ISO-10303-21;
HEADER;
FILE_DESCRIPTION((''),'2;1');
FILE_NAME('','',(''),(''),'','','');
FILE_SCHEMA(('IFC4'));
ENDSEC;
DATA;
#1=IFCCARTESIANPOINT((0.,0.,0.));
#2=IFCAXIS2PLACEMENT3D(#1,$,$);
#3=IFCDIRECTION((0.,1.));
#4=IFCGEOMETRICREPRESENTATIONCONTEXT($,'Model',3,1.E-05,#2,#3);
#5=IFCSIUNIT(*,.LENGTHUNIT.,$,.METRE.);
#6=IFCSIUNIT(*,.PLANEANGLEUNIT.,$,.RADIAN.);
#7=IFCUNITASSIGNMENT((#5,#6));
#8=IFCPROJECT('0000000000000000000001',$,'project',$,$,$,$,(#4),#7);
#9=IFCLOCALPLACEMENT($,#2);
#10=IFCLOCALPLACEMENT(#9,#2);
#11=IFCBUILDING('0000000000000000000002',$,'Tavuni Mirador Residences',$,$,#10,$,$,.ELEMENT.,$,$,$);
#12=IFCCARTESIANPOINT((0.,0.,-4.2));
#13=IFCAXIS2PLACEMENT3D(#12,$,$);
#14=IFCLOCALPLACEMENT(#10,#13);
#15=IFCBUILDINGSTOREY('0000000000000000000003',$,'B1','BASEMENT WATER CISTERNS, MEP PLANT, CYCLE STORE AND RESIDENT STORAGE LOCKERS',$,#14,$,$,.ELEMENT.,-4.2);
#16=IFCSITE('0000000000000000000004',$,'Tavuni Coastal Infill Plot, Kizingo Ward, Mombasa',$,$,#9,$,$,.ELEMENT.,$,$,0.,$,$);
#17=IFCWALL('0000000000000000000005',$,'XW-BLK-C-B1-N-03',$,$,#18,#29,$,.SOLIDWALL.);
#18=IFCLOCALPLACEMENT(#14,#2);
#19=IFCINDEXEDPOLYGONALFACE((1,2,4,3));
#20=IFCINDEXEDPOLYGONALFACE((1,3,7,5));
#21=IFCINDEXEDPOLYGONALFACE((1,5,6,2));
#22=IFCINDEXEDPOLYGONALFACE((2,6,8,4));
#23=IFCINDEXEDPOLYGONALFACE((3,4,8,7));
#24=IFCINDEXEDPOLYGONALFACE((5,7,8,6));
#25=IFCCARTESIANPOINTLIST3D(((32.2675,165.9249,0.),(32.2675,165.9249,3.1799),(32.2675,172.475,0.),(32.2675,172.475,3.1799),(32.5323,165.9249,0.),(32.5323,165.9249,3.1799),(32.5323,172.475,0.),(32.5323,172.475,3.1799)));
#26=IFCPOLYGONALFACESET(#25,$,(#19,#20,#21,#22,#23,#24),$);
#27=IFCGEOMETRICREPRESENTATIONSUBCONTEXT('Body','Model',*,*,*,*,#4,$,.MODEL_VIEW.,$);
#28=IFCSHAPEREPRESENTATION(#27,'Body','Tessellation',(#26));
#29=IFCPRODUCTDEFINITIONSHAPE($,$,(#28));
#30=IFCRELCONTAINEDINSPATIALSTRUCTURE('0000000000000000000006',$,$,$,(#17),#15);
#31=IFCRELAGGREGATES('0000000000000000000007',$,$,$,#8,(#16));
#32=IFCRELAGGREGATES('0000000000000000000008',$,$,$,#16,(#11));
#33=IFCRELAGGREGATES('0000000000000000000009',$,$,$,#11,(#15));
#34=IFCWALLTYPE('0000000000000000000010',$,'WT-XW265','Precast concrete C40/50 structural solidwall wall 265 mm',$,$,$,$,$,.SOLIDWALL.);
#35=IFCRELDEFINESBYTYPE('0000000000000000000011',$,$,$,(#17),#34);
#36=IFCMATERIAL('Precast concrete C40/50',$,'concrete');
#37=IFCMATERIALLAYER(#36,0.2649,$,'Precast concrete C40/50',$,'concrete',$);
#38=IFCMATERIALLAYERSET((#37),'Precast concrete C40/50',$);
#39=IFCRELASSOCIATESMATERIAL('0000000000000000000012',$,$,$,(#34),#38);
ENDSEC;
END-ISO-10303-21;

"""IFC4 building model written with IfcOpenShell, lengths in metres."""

from ifc_helpers import new_model, si_unit, direction, frame, frame_2d, origin, place, context, subcontext, project, spatial, rectangle, extrude, material, layer, layer_set, type_object, element, save


model = new_model("IFC4")

# Units and contexts
model_context = context("Model", 3, precision=1e-05, world=origin(), true_north=direction((0.0, 1.0)))
body_context = subcontext(model_context, "Body", "Model", "MODEL_VIEW")
ifc_project = project(units=[si_unit("LENGTHUNIT", "METRE"), si_unit("PLANEANGLEUNIT", "RADIAN")], contexts=[model_context])

# Site, building, storey
site_placement = place(None, origin())
site = spatial("IfcSite", under=ifc_project, at=site_placement, Name="Tavuni Coastal Infill Plot, Kizingo Ward, Mombasa", CompositionType="ELEMENT", RefElevation=0.0)
building_placement = place(site_placement, origin())
building = spatial("IfcBuilding", under=site, at=building_placement, Name="Tavuni Mirador Residences", CompositionType="ELEMENT")
storey_placement = place(building_placement, frame((0.0, 0.0, -4.2)))
storey = spatial("IfcBuildingStorey", under=building, at=storey_placement, Name="B1", Description="BASEMENT WATER CISTERNS, MEP PLANT, CYCLE STORE AND RESIDENT STORAGE LOCKERS", CompositionType="ELEMENT", Elevation=-4.2)

# Shared definitions
ifc_material_1 = material(Name="Precast concrete C40/50", Category="concrete")

# Wall
ifc_layer_1 = layer(ifc_material_1, 0.2649, Name="Precast concrete C40/50", Category="concrete")
ifc_layer_set_1 = layer_set([ifc_layer_1], Name="Precast concrete C40/50")
wall_type_1 = type_object("IfcWallType", Name="WT-XW265", Description="Precast concrete C40/50 structural solidwall wall 265 mm", PredefinedType="SOLIDWALL", material=ifc_layer_set_1)
wall_1_placement = place(storey_placement, frame((32.3999, 165.925, 0.0), z_axis=(0.0, 0.0, 1.0), x_axis=(0.0, 1.0, 0.0)))
element("IfcWall", 1, at=wall_1_placement, inside=storey, type_object=wall_type_1, Name="XW-BLK-C-B1-N-03", PredefinedType="SOLIDWALL", context=body_context, shape_type="SweptSolid", body=[
    extrude(rectangle(XDim=6.55, YDim=0.2649, at=frame_2d((3.2749, 0.0))), origin(), (0.0, 0.0, 1.0), 3.1799),
])

save(model, "model.ifc")
